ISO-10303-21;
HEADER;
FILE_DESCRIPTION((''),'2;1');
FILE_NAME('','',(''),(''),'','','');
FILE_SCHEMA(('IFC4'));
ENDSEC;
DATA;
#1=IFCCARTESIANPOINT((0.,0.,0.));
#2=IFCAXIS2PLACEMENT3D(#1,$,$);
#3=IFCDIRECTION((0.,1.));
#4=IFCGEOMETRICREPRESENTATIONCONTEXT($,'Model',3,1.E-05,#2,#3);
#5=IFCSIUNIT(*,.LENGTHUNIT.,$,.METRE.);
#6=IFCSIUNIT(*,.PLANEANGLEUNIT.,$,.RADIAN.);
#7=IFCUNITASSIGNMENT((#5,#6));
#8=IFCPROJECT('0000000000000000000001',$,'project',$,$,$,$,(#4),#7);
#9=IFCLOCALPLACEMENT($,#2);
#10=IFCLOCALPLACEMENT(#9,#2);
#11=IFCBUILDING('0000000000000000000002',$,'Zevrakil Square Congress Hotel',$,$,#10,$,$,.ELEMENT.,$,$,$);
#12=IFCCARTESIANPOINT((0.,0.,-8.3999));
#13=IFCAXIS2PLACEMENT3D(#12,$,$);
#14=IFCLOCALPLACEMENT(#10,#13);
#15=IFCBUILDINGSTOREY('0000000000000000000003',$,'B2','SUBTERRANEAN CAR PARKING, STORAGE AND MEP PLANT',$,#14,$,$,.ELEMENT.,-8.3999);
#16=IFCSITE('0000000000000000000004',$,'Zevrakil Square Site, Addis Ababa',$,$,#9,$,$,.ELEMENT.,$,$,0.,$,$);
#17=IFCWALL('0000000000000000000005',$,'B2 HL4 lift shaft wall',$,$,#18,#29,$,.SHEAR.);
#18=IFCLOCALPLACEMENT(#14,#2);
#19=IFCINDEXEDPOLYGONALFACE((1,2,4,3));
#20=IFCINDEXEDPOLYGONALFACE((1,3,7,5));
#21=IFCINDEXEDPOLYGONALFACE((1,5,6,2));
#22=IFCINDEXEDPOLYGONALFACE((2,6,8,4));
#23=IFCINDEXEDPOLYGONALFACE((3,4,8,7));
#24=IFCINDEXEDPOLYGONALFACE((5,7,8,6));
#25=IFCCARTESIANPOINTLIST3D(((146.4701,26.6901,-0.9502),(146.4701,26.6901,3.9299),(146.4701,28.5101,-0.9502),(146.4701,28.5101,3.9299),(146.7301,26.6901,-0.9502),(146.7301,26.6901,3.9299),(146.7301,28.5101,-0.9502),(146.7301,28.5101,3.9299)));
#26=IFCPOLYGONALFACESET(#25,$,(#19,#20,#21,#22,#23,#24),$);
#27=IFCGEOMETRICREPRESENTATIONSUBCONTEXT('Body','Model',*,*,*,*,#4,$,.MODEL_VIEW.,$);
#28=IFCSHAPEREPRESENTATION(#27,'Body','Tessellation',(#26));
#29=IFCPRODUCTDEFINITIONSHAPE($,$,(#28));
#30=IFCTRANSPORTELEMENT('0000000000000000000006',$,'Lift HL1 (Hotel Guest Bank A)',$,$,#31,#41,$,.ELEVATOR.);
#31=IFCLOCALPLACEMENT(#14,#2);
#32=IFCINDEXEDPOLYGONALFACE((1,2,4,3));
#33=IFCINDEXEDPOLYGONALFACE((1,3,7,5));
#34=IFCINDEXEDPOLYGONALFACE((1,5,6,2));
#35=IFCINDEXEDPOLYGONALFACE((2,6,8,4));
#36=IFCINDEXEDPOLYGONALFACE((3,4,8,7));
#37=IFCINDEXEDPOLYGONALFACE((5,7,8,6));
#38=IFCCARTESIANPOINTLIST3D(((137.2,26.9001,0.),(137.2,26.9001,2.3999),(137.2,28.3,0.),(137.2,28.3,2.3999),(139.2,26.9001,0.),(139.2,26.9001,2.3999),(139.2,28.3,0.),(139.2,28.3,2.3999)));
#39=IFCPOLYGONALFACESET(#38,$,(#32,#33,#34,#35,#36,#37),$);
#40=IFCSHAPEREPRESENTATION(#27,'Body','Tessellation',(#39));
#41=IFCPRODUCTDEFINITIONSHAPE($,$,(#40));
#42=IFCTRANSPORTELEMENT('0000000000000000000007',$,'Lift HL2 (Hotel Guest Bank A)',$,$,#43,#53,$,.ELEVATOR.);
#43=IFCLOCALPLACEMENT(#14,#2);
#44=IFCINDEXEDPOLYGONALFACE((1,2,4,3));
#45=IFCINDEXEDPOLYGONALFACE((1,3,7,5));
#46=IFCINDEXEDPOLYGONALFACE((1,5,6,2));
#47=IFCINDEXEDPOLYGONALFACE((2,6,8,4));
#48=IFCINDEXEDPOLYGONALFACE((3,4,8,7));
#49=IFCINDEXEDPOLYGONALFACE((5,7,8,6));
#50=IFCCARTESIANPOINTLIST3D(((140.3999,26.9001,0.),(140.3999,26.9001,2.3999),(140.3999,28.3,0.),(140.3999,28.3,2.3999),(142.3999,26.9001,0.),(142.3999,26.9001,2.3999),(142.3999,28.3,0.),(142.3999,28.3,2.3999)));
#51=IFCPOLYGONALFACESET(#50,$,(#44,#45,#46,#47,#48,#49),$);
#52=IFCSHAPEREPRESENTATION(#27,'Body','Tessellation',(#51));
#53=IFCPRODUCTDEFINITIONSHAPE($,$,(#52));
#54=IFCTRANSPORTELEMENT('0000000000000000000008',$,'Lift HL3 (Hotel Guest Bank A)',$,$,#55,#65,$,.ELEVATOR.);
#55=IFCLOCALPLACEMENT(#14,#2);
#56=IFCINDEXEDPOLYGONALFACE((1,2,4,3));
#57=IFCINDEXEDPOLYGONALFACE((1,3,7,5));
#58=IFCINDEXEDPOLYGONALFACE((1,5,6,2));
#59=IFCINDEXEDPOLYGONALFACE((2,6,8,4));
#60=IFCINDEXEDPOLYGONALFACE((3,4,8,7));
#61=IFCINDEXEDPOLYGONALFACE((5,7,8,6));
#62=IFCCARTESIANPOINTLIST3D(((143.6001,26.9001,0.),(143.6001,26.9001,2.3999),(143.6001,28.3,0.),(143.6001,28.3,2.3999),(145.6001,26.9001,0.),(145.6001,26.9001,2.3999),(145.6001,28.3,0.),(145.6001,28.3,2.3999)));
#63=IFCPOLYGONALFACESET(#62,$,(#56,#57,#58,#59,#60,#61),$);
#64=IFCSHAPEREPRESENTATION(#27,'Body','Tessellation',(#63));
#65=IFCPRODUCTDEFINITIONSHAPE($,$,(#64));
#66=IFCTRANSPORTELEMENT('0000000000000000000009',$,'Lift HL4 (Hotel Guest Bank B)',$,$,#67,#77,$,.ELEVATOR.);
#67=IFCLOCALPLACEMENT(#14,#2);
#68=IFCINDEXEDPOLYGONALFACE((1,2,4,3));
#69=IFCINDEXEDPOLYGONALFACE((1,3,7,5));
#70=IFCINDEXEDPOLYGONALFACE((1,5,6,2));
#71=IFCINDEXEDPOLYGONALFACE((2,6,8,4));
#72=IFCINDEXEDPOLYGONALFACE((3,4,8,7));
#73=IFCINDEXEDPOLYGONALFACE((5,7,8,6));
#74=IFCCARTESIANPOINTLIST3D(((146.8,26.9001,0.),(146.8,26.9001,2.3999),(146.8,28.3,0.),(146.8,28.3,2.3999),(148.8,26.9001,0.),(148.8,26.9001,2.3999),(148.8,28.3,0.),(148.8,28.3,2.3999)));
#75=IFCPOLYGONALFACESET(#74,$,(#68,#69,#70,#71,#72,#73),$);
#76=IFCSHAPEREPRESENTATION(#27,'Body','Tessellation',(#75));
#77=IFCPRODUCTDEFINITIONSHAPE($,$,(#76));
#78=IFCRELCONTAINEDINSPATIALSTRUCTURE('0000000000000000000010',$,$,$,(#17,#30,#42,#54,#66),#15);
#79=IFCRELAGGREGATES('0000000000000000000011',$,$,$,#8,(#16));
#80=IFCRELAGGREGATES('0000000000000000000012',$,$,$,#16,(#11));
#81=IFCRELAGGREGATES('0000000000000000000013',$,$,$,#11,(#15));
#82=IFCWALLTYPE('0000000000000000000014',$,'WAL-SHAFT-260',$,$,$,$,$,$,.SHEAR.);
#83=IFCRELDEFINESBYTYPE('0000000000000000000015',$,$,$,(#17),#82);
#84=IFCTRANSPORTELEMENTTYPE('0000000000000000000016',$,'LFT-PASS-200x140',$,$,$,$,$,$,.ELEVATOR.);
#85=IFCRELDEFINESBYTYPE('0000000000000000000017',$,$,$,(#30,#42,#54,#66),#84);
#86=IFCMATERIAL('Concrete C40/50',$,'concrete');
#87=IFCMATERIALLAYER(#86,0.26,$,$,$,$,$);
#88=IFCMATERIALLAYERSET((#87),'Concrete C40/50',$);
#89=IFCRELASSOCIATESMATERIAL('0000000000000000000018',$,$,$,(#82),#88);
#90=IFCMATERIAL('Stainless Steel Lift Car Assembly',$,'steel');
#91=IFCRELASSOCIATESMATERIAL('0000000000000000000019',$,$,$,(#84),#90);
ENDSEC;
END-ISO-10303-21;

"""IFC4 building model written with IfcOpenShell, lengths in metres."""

from ifc_helpers import new_model, si_unit, direction, frame, frame_2d, origin, origin_2d, place, context, subcontext, project, spatial, rectangle, extrude, material, layer, layer_set, type_object, element, save


model = new_model("IFC4")

# Units and contexts
model_context = context("Model", 3, precision=1e-05, world=origin(), true_north=direction((0.0, 1.0)))
body_context = subcontext(model_context, "Body", "Model", "MODEL_VIEW")
ifc_project = project(units=[si_unit("LENGTHUNIT", "METRE"), si_unit("PLANEANGLEUNIT", "RADIAN")], contexts=[model_context])

# Site, building, storey
site_placement = place(None, origin())
site = spatial("IfcSite", under=ifc_project, at=site_placement, Name="Zevrakil Square Site, Addis Ababa", CompositionType="ELEMENT", RefElevation=0.0)
building_placement = place(site_placement, origin())
building = spatial("IfcBuilding", under=site, at=building_placement, Name="Zevrakil Square Congress Hotel", CompositionType="ELEMENT")
storey_placement = place(building_placement, frame((0.0, 0.0, -8.3999)))
storey = spatial("IfcBuildingStorey", under=building, at=storey_placement, Name="B2", Description="SUBTERRANEAN CAR PARKING, STORAGE AND MEP PLANT", CompositionType="ELEMENT", Elevation=-8.3999)

# Shared definitions
ifc_material_1 = material(Name="Concrete C40/50", Category="concrete")
ifc_layer = layer(ifc_material_1, 0.26)
ifc_layer_set = layer_set([ifc_layer], Name="Concrete C40/50")
wall_type = type_object("IfcWallType", Name="WAL-SHAFT-260", PredefinedType="SHEAR", material=ifc_layer_set)

# Wall
wall_1_placement = place(storey_placement, frame((146.6001, 26.6899, -0.9502), z_axis=(0.0, 0.0, 1.0), x_axis=(0.0, 1.0, 0.0)))
element("IfcWall", 1, at=wall_1_placement, inside=storey, type_object=wall_type, Name="B2 HL4 lift shaft wall", PredefinedType="SHEAR", context=body_context, shape_type="SweptSolid", body=[
    extrude(rectangle(XDim=1.8201, YDim=0.26, at=frame_2d((0.9102, 0.0))), origin(), (0.0, 0.0, 1.0), 4.8801),
])

# Transport elements
ifc_material_2 = material(Name="Stainless Steel Lift Car Assembly", Category="steel")
transport_element_type = type_object("IfcTransportElementType", Name="LFT-PASS-200x140", PredefinedType="ELEVATOR", material=ifc_material_2)
for number, where, z_axis, x_axis, name in (
    (2, (138.2, 27.6001, 0.0), (0.0, 0.0, 1.0), (1.0, 0.0, 0.0), "Lift HL1 (Hotel Guest Bank A)"),
    (3, (141.3999, 27.6001, 0.0), (0.0, 0.0, 1.0), (1.0, 0.0, 0.0), "Lift HL2 (Hotel Guest Bank A)"),
    (4, (144.6001, 27.6001, 0.0), (0.0, 0.0, 1.0), (1.0, 0.0, 0.0), "Lift HL3 (Hotel Guest Bank A)"),
    (5, (147.8, 27.6001, 0.0), (0.0, 0.0, 1.0), (1.0, 0.0, 0.0), "Lift HL4 (Hotel Guest Bank B)"),
):
    element("IfcTransportElement", number, at=place(storey_placement, frame(where, z_axis=z_axis, x_axis=x_axis)), inside=storey, type_object=transport_element_type, Name=name, PredefinedType="ELEVATOR", context=body_context, shape_type="SweptSolid", body=[
        extrude(rectangle(XDim=2.0, YDim=1.3999, at=origin_2d()), origin(), (0.0, 0.0, 1.0), 2.3999),
    ])

save(model, "model.ifc")
